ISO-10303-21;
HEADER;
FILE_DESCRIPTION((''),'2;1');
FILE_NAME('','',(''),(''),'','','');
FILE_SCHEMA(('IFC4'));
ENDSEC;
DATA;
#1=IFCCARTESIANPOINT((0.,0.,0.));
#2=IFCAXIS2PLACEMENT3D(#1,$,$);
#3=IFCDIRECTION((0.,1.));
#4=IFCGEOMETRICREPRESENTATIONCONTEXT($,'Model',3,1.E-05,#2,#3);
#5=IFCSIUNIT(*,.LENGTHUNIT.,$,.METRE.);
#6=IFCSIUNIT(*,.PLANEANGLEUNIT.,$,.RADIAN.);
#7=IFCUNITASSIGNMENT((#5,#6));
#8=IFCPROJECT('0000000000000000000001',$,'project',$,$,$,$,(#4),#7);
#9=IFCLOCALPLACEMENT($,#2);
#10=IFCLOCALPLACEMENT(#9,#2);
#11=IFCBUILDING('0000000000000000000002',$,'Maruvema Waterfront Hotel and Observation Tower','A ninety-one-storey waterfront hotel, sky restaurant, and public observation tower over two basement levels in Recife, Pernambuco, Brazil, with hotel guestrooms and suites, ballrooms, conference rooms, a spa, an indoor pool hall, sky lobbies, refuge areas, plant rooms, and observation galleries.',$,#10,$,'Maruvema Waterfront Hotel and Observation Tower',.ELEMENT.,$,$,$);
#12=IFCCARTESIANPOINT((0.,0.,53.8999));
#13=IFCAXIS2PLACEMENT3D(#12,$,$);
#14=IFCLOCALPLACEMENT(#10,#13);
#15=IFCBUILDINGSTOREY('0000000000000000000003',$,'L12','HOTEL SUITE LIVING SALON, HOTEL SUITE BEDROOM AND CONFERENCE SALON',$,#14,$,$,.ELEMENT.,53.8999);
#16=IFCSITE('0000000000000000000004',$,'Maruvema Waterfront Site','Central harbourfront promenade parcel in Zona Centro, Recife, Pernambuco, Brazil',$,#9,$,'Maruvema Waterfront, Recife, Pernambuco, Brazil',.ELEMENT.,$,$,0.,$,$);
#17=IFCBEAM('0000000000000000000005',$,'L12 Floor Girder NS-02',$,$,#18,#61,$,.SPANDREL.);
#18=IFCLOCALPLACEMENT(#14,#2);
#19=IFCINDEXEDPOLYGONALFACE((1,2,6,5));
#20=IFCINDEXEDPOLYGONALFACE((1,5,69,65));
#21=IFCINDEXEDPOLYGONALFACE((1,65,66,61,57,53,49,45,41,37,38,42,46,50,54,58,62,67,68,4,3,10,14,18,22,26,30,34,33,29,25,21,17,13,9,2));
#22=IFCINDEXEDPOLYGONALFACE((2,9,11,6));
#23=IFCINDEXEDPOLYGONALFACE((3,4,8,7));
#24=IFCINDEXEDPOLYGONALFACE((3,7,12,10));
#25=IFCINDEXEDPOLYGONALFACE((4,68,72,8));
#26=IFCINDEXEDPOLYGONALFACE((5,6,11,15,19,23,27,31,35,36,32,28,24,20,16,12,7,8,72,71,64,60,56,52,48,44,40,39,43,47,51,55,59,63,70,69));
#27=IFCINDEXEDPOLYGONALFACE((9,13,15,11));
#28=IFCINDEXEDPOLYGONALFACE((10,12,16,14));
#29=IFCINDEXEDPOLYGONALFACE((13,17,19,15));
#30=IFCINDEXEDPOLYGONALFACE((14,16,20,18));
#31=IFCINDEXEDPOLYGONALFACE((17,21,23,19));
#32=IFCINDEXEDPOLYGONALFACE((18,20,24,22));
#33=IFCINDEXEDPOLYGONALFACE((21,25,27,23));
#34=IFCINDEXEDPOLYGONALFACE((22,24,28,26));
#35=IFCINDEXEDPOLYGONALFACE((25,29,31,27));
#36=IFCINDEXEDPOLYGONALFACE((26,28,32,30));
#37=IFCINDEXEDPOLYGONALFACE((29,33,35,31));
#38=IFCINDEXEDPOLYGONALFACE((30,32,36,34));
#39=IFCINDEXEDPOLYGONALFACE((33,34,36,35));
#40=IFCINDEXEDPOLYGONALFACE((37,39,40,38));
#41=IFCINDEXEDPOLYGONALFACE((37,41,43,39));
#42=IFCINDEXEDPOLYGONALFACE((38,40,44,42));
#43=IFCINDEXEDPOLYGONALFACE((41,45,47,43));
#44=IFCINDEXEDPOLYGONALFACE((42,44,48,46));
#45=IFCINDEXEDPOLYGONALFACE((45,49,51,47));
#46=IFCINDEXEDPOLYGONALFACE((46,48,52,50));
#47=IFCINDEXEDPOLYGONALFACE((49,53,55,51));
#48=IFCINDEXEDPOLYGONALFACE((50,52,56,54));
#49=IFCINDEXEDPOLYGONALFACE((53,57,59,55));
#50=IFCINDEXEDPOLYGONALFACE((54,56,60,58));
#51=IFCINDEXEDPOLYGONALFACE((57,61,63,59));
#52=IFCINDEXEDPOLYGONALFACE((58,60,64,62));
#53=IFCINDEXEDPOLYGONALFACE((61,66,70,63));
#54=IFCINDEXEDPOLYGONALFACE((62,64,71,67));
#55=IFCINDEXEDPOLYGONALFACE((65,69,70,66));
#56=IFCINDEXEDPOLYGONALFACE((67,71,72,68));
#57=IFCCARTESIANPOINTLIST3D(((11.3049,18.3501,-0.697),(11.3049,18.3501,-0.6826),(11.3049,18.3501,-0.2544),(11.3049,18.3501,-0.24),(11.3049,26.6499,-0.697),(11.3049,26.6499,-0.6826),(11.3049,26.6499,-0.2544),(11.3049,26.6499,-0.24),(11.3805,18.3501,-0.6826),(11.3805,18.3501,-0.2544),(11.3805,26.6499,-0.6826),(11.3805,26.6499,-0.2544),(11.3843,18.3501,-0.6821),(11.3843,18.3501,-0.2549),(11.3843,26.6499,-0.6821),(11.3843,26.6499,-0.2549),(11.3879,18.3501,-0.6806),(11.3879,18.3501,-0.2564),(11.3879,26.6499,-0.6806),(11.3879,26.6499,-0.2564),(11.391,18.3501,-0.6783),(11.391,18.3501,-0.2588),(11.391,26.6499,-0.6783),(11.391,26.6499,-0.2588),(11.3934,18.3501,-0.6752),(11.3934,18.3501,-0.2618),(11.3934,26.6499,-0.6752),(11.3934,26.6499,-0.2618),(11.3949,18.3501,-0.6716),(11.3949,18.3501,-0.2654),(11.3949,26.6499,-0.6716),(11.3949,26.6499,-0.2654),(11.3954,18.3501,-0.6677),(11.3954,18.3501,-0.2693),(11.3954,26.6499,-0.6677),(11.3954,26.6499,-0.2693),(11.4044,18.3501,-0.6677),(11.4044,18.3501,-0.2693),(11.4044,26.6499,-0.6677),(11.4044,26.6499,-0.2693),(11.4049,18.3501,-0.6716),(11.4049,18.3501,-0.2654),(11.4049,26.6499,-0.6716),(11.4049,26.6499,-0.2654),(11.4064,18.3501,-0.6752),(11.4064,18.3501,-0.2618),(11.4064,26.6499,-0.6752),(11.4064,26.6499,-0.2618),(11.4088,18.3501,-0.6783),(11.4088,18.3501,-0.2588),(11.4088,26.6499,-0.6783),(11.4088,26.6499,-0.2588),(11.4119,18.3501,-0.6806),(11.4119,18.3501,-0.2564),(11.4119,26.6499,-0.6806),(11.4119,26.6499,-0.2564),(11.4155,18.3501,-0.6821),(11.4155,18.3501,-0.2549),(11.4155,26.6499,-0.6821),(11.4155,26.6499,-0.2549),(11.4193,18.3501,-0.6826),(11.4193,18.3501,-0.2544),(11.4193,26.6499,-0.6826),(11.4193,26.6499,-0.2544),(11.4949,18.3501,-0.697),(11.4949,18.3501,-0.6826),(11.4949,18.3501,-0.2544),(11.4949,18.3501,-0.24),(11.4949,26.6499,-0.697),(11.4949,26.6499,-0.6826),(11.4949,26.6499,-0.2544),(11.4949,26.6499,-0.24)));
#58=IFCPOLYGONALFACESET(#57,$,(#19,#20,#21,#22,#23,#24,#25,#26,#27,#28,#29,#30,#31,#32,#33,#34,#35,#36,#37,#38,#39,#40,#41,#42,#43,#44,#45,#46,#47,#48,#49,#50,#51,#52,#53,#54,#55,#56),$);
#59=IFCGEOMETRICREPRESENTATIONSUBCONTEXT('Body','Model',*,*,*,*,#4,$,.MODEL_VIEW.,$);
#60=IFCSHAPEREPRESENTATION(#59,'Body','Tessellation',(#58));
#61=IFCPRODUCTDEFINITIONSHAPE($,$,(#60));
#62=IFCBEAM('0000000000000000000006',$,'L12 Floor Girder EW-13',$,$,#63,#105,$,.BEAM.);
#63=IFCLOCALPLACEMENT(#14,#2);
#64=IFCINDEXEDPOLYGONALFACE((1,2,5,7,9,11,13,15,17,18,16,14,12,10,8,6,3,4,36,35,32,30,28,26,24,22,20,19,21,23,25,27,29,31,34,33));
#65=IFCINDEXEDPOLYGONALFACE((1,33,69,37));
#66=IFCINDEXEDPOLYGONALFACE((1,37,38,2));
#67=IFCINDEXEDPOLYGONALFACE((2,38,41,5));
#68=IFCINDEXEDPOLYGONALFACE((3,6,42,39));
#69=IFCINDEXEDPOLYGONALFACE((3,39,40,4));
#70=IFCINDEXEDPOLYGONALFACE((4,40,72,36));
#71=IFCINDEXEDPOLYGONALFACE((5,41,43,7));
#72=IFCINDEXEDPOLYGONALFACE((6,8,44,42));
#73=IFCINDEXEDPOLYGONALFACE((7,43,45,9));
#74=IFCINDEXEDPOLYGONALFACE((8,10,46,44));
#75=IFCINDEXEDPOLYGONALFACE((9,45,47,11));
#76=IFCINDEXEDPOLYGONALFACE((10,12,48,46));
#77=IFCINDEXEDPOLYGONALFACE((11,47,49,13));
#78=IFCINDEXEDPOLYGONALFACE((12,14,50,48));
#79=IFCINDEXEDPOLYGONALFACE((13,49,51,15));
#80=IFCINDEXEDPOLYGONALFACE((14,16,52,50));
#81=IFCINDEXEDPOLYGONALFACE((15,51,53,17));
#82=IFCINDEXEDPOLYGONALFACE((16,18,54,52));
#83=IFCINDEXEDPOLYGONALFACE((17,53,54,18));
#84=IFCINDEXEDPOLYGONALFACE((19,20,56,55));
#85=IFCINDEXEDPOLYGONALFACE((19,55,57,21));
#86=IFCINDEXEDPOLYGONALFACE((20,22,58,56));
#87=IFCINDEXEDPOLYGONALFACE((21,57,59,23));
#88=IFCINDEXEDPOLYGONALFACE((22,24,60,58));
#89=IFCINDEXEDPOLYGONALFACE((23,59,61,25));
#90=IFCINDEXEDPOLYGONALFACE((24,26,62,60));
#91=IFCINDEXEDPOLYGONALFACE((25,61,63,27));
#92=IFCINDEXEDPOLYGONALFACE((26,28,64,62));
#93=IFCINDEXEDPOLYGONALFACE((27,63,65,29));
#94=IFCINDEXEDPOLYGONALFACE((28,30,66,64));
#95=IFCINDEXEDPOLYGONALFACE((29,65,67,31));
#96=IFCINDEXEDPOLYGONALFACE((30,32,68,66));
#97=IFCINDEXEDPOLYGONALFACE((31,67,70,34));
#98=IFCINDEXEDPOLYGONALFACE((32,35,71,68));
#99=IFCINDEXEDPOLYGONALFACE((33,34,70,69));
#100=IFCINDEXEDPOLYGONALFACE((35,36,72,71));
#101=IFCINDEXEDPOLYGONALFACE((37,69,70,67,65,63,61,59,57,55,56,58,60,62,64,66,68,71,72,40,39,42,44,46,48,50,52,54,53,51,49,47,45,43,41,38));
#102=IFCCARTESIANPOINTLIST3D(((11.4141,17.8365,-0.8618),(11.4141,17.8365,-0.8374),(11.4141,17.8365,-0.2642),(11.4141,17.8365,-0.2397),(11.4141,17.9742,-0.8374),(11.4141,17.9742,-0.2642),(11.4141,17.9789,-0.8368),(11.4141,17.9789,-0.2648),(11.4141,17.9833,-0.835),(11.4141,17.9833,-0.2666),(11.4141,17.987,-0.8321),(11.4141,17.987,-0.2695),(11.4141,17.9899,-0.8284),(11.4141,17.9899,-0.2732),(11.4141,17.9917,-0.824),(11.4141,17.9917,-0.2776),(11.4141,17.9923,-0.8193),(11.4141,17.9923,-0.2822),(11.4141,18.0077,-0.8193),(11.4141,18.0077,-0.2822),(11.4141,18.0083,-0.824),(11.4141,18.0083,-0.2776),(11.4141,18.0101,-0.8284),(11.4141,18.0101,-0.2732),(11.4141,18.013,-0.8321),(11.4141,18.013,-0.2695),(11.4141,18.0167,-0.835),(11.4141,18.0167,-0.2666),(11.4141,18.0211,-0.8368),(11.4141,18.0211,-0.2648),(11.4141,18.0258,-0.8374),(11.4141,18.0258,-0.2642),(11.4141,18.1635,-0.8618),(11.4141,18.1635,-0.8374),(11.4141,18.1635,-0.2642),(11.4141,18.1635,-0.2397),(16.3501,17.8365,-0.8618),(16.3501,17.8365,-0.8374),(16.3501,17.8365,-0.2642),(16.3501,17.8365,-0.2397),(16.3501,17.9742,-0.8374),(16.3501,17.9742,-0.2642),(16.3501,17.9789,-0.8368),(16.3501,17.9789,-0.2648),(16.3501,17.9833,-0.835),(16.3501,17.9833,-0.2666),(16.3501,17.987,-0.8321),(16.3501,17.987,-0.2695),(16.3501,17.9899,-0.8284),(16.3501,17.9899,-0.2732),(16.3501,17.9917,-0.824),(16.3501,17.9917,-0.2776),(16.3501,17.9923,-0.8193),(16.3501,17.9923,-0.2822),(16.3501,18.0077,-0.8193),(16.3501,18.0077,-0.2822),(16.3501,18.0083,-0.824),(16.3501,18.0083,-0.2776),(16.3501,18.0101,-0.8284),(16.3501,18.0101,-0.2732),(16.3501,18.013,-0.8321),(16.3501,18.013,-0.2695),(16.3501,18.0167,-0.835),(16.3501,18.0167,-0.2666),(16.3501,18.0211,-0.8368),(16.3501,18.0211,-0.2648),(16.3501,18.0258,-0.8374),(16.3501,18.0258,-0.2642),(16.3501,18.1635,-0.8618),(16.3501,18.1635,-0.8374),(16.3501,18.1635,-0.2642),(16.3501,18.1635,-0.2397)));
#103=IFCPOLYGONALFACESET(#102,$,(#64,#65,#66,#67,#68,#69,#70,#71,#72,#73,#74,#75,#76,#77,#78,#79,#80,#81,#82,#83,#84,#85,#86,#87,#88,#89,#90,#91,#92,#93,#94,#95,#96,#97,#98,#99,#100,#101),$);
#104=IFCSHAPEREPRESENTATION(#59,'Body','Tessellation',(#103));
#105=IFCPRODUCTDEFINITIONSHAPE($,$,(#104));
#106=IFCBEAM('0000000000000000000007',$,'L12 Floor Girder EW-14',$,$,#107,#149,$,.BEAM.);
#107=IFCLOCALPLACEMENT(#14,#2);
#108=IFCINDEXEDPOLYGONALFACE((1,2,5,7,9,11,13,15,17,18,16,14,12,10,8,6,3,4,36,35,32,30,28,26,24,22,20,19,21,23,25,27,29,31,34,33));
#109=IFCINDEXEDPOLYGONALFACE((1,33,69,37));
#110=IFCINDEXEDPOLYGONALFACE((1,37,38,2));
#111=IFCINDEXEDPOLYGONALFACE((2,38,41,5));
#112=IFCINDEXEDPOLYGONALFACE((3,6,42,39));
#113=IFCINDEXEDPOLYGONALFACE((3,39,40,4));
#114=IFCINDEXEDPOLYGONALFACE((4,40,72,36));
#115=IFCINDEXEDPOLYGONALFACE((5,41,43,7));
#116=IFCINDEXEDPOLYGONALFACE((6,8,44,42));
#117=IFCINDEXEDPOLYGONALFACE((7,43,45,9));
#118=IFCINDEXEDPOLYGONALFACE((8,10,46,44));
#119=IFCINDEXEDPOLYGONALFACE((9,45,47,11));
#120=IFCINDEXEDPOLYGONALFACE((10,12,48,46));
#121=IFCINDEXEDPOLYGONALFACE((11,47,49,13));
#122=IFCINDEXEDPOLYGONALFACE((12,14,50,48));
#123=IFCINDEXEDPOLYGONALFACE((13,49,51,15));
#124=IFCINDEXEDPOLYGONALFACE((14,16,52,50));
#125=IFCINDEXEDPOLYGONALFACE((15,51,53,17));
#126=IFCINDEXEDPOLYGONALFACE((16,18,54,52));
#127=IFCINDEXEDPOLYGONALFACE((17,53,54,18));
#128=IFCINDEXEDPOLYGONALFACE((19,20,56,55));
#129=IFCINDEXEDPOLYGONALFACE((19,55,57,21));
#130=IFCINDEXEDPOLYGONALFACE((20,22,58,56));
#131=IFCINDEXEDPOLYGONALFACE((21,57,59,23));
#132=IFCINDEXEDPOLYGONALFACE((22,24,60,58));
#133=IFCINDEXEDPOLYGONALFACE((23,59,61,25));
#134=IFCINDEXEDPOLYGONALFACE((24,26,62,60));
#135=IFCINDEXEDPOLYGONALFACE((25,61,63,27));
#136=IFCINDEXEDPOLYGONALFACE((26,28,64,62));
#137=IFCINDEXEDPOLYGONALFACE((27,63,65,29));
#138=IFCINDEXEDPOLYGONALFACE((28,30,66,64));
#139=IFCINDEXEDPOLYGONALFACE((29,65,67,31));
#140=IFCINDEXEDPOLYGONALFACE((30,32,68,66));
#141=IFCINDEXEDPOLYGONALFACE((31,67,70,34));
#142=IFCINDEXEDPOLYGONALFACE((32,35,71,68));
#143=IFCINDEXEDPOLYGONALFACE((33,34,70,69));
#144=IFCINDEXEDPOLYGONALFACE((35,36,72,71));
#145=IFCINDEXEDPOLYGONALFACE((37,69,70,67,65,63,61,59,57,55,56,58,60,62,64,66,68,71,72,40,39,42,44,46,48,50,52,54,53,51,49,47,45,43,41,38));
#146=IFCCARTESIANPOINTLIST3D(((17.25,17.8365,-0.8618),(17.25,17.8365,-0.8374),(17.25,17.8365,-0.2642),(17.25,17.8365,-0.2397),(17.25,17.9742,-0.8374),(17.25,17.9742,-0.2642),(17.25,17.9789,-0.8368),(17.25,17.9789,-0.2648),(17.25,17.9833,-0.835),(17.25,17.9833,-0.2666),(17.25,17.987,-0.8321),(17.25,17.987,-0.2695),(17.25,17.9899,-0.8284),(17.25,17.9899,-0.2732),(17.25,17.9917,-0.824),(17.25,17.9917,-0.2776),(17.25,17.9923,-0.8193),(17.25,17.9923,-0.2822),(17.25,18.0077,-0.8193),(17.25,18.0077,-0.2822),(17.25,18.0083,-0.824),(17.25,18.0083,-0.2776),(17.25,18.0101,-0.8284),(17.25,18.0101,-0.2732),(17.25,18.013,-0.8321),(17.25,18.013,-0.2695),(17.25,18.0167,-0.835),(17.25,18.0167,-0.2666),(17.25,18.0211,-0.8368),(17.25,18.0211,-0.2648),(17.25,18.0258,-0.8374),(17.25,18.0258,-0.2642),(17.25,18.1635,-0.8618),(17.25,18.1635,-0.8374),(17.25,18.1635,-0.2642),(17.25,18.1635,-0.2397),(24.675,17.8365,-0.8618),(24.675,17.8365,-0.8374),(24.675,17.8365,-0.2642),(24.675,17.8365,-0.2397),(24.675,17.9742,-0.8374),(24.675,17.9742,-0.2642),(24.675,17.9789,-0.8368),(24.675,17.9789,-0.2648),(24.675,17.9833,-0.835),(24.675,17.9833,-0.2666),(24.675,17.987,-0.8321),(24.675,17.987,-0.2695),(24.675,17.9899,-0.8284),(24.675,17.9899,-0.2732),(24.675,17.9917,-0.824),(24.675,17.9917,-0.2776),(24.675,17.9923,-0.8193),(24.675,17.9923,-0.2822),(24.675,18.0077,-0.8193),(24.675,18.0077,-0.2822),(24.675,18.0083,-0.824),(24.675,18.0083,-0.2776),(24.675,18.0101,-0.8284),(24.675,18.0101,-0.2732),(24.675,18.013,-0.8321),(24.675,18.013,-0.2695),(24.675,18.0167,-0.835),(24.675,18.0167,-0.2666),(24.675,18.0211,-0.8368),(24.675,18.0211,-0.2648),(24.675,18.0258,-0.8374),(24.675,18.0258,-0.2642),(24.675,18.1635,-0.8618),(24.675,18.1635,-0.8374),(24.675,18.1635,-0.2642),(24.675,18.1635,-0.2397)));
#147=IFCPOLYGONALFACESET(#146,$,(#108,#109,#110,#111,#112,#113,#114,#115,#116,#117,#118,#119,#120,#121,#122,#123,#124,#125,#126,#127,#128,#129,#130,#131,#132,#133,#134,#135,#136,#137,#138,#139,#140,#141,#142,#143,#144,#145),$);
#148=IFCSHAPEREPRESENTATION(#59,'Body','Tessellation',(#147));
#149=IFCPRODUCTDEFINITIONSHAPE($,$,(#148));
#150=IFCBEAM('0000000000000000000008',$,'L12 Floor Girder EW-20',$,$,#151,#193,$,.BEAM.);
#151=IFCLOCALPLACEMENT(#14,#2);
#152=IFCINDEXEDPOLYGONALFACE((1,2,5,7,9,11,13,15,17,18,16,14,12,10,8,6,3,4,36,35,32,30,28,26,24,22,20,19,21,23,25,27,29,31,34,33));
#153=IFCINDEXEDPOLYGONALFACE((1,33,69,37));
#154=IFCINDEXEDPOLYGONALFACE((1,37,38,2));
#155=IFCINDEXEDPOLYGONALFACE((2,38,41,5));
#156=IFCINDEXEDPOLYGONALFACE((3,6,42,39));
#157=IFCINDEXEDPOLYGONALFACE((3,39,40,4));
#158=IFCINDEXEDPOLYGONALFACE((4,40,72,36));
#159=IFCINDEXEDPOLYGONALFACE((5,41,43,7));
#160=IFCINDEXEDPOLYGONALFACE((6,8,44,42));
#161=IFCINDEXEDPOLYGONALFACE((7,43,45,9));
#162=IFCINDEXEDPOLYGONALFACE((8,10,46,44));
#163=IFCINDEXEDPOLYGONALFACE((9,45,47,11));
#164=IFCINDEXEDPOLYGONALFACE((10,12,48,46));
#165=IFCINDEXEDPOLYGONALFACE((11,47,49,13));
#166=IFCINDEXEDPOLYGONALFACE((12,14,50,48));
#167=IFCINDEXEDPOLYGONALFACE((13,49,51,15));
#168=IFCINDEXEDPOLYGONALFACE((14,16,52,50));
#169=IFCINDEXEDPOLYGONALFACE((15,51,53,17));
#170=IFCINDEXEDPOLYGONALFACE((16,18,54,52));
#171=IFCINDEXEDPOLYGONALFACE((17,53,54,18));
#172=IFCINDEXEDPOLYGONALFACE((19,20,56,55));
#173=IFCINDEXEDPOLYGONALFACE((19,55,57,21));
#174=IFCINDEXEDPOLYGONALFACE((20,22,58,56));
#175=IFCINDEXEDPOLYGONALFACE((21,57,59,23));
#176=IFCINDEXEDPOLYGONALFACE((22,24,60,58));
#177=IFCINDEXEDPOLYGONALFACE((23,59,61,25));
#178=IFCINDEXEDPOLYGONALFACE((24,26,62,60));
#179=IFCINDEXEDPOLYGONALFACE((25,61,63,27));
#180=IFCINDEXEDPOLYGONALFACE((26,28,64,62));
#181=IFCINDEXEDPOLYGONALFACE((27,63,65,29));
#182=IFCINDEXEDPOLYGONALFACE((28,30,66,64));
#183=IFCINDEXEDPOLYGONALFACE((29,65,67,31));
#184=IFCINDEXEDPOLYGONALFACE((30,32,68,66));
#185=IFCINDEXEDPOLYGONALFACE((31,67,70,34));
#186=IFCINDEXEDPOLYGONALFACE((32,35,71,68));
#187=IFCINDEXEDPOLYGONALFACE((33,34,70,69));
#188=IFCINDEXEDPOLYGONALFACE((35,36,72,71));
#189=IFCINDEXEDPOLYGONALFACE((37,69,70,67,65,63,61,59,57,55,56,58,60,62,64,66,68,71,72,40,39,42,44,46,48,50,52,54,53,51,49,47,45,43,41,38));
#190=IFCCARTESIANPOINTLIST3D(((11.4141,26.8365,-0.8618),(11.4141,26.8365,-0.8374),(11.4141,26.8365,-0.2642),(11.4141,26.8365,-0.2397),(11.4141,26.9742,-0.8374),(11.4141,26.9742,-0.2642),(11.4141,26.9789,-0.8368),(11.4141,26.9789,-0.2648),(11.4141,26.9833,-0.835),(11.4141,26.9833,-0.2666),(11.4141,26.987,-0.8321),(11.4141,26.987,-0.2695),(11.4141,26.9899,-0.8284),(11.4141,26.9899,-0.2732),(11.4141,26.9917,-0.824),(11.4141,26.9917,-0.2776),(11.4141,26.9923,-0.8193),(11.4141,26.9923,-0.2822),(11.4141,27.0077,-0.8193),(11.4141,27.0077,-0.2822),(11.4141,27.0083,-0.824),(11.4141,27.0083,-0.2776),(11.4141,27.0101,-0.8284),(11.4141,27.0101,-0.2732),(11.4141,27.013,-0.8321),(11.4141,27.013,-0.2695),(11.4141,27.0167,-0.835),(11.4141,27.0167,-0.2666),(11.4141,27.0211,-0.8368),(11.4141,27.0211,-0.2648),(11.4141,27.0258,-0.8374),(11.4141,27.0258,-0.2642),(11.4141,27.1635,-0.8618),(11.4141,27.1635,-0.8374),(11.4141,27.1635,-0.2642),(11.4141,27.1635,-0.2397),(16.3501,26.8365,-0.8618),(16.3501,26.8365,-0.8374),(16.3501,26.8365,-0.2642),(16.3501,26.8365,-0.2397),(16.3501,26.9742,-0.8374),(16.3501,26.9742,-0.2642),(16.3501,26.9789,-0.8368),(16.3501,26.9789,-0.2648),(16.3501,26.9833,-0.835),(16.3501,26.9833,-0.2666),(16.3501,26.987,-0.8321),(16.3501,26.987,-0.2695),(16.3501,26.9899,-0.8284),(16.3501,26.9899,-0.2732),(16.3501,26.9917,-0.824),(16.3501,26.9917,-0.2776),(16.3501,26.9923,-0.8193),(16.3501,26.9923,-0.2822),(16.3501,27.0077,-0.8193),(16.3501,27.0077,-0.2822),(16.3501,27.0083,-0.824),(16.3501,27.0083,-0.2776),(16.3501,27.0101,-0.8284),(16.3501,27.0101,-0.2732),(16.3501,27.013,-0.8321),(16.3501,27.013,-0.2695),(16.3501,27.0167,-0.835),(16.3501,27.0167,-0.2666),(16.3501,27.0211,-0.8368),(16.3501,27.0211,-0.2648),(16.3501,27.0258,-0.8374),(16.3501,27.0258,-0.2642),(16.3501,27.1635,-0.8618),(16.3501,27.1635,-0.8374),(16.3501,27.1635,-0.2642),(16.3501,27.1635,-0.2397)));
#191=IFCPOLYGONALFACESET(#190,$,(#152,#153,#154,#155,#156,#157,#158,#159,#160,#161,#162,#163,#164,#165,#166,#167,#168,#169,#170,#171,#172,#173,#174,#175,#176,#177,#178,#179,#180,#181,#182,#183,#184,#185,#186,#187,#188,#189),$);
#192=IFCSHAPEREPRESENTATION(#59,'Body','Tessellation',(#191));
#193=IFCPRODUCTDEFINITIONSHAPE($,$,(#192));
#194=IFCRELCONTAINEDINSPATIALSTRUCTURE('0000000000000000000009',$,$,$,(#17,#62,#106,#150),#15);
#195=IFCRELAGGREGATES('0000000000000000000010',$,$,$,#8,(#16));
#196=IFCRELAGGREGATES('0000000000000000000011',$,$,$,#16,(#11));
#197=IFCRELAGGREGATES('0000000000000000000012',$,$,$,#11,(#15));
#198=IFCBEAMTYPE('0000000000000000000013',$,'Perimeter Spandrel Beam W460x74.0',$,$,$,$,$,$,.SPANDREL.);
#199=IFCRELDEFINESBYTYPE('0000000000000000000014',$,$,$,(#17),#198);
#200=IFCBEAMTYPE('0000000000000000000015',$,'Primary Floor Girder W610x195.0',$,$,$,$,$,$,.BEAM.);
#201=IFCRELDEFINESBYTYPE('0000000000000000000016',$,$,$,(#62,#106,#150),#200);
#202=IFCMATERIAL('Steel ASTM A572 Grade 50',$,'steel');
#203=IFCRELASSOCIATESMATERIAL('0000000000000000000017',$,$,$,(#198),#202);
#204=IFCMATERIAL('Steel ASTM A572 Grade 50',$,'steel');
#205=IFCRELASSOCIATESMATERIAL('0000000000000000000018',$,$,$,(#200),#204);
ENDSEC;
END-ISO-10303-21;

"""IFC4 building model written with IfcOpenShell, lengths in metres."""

from ifc_helpers import new_model, si_unit, direction, frame, origin, origin_2d, place, context, subcontext, project, spatial, i_section, extrude, material, material_profile, profile_set, type_object, element, save


model = new_model("IFC4")

# Units and contexts
model_context = context("Model", 3, precision=1e-05, world=origin(), true_north=direction((0.0, 1.0)))
body_context = subcontext(model_context, "Body", "Model", "MODEL_VIEW")
ifc_project = project(units=[si_unit("LENGTHUNIT", "METRE"), si_unit("PLANEANGLEUNIT", "RADIAN")], contexts=[model_context])

# Site, building, storey
site_placement = place(None, origin())
site = spatial("IfcSite", under=ifc_project, at=site_placement, Name="Maruvema Waterfront Site", Description="Central harbourfront promenade parcel in Zona Centro, Recife, Pernambuco, Brazil", LongName="Maruvema Waterfront, Recife, Pernambuco, Brazil", CompositionType="ELEMENT", RefElevation=0.0)
building_placement = place(site_placement, origin())
building = spatial("IfcBuilding", under=site, at=building_placement, Name="Maruvema Waterfront Hotel and Observation Tower", Description="A ninety-one-storey waterfront hotel, sky restaurant, and public observation tower over two basement levels in Recife, Pernambuco, Brazil, with hotel guestrooms and suites, ballrooms, conference rooms, a spa, an indoor pool hall, sky lobbies, refuge areas, plant rooms, and observation galleries.", LongName="Maruvema Waterfront Hotel and Observation Tower", CompositionType="ELEMENT")
storey_placement = place(building_placement, frame((0.0, 0.0, 53.8999)))
storey = spatial("IfcBuildingStorey", under=building, at=storey_placement, Name="L12", Description="HOTEL SUITE LIVING SALON, HOTEL SUITE BEDROOM AND CONFERENCE SALON", CompositionType="ELEMENT", Elevation=53.8999)

# Beams
ifc_material_1 = material(Name="Steel ASTM A572 Grade 50", Category="steel")
ifc_material_profile_1 = material_profile(ifc_material_1, i_section(OverallWidth=0.1899, OverallDepth=0.457, WebThickness=0.009, FlangeThickness=0.0144, FilletRadius=0.0149, at=origin_2d()), Name="W460x74.0")
ifc_profile_set_1 = profile_set([ifc_material_profile_1], Name="Steel ASTM A572 Grade 50")
beam_type_1 = type_object("IfcBeamType", Name="Perimeter Spandrel Beam W460x74.0", PredefinedType="SPANDREL", material=ifc_profile_set_1)
beam_1_placement = place(storey_placement, frame((11.3999, 18.3501, -0.4685), z_axis=(0.0, 1.0, 0.0), x_axis=(-1.0, 0.0, 0.0)))
element("IfcBeam", 1, at=beam_1_placement, inside=storey, type_object=beam_type_1, Name="L12 Floor Girder NS-02", PredefinedType="SPANDREL", context=body_context, shape_type="SweptSolid", body=[
    extrude(i_section(OverallWidth=0.1899, OverallDepth=0.457, WebThickness=0.009, FlangeThickness=0.0144, FilletRadius=0.0149, at=origin_2d()), origin(), (0.0, 0.0, 1.0), 8.2998),
])
ifc_material_2 = material(Name="Steel ASTM A572 Grade 50", Category="steel")
ifc_material_profile_2 = material_profile(ifc_material_2, i_section(OverallWidth=0.3269, OverallDepth=0.6221, WebThickness=0.0154, FlangeThickness=0.0244, FilletRadius=0.0181, at=origin_2d()), Name="W610x195.0")
ifc_profile_set_2 = profile_set([ifc_material_profile_2], Name="Steel ASTM A572 Grade 50")
beam_type_2 = type_object("IfcBeamType", Name="Primary Floor Girder W610x195.0", PredefinedType="BEAM", material=ifc_profile_set_2)
beam_2_placement = place(storey_placement, frame((11.4141, 18.0, -0.5508), z_axis=(1.0, 0.0, 0.0), x_axis=(0.0, 1.0, 0.0)))
element("IfcBeam", 2, at=beam_2_placement, inside=storey, type_object=beam_type_2, Name="L12 Floor Girder EW-13", PredefinedType="BEAM", context=body_context, shape_type="SweptSolid", body=[
    extrude(i_section(OverallWidth=0.3269, OverallDepth=0.6221, WebThickness=0.0154, FlangeThickness=0.0244, FilletRadius=0.0181, at=origin_2d()), origin(), (0.0, 0.0, 1.0), 4.936),
])
beam_3_placement = place(storey_placement, frame((17.25, 18.0, -0.5508), z_axis=(1.0, 0.0, 0.0), x_axis=(0.0, 1.0, 0.0)))
element("IfcBeam", 3, at=beam_3_placement, inside=storey, type_object=beam_type_2, Name="L12 Floor Girder EW-14", PredefinedType="BEAM", context=body_context, shape_type="SweptSolid", body=[
    extrude(i_section(OverallWidth=0.3269, OverallDepth=0.6221, WebThickness=0.0154, FlangeThickness=0.0244, FilletRadius=0.0181, at=origin_2d()), origin(), (0.0, 0.0, 1.0), 7.425),
])
beam_4_placement = place(storey_placement, frame((11.4141, 27.0, -0.5508), z_axis=(1.0, 0.0, 0.0), x_axis=(0.0, 1.0, 0.0)))
element("IfcBeam", 4, at=beam_4_placement, inside=storey, type_object=beam_type_2, Name="L12 Floor Girder EW-20", PredefinedType="BEAM", context=body_context, shape_type="SweptSolid", body=[
    extrude(i_section(OverallWidth=0.3269, OverallDepth=0.6221, WebThickness=0.0154, FlangeThickness=0.0244, FilletRadius=0.0181, at=origin_2d()), origin(), (0.0, 0.0, 1.0), 4.936),
])

save(model, "model.ifc")
